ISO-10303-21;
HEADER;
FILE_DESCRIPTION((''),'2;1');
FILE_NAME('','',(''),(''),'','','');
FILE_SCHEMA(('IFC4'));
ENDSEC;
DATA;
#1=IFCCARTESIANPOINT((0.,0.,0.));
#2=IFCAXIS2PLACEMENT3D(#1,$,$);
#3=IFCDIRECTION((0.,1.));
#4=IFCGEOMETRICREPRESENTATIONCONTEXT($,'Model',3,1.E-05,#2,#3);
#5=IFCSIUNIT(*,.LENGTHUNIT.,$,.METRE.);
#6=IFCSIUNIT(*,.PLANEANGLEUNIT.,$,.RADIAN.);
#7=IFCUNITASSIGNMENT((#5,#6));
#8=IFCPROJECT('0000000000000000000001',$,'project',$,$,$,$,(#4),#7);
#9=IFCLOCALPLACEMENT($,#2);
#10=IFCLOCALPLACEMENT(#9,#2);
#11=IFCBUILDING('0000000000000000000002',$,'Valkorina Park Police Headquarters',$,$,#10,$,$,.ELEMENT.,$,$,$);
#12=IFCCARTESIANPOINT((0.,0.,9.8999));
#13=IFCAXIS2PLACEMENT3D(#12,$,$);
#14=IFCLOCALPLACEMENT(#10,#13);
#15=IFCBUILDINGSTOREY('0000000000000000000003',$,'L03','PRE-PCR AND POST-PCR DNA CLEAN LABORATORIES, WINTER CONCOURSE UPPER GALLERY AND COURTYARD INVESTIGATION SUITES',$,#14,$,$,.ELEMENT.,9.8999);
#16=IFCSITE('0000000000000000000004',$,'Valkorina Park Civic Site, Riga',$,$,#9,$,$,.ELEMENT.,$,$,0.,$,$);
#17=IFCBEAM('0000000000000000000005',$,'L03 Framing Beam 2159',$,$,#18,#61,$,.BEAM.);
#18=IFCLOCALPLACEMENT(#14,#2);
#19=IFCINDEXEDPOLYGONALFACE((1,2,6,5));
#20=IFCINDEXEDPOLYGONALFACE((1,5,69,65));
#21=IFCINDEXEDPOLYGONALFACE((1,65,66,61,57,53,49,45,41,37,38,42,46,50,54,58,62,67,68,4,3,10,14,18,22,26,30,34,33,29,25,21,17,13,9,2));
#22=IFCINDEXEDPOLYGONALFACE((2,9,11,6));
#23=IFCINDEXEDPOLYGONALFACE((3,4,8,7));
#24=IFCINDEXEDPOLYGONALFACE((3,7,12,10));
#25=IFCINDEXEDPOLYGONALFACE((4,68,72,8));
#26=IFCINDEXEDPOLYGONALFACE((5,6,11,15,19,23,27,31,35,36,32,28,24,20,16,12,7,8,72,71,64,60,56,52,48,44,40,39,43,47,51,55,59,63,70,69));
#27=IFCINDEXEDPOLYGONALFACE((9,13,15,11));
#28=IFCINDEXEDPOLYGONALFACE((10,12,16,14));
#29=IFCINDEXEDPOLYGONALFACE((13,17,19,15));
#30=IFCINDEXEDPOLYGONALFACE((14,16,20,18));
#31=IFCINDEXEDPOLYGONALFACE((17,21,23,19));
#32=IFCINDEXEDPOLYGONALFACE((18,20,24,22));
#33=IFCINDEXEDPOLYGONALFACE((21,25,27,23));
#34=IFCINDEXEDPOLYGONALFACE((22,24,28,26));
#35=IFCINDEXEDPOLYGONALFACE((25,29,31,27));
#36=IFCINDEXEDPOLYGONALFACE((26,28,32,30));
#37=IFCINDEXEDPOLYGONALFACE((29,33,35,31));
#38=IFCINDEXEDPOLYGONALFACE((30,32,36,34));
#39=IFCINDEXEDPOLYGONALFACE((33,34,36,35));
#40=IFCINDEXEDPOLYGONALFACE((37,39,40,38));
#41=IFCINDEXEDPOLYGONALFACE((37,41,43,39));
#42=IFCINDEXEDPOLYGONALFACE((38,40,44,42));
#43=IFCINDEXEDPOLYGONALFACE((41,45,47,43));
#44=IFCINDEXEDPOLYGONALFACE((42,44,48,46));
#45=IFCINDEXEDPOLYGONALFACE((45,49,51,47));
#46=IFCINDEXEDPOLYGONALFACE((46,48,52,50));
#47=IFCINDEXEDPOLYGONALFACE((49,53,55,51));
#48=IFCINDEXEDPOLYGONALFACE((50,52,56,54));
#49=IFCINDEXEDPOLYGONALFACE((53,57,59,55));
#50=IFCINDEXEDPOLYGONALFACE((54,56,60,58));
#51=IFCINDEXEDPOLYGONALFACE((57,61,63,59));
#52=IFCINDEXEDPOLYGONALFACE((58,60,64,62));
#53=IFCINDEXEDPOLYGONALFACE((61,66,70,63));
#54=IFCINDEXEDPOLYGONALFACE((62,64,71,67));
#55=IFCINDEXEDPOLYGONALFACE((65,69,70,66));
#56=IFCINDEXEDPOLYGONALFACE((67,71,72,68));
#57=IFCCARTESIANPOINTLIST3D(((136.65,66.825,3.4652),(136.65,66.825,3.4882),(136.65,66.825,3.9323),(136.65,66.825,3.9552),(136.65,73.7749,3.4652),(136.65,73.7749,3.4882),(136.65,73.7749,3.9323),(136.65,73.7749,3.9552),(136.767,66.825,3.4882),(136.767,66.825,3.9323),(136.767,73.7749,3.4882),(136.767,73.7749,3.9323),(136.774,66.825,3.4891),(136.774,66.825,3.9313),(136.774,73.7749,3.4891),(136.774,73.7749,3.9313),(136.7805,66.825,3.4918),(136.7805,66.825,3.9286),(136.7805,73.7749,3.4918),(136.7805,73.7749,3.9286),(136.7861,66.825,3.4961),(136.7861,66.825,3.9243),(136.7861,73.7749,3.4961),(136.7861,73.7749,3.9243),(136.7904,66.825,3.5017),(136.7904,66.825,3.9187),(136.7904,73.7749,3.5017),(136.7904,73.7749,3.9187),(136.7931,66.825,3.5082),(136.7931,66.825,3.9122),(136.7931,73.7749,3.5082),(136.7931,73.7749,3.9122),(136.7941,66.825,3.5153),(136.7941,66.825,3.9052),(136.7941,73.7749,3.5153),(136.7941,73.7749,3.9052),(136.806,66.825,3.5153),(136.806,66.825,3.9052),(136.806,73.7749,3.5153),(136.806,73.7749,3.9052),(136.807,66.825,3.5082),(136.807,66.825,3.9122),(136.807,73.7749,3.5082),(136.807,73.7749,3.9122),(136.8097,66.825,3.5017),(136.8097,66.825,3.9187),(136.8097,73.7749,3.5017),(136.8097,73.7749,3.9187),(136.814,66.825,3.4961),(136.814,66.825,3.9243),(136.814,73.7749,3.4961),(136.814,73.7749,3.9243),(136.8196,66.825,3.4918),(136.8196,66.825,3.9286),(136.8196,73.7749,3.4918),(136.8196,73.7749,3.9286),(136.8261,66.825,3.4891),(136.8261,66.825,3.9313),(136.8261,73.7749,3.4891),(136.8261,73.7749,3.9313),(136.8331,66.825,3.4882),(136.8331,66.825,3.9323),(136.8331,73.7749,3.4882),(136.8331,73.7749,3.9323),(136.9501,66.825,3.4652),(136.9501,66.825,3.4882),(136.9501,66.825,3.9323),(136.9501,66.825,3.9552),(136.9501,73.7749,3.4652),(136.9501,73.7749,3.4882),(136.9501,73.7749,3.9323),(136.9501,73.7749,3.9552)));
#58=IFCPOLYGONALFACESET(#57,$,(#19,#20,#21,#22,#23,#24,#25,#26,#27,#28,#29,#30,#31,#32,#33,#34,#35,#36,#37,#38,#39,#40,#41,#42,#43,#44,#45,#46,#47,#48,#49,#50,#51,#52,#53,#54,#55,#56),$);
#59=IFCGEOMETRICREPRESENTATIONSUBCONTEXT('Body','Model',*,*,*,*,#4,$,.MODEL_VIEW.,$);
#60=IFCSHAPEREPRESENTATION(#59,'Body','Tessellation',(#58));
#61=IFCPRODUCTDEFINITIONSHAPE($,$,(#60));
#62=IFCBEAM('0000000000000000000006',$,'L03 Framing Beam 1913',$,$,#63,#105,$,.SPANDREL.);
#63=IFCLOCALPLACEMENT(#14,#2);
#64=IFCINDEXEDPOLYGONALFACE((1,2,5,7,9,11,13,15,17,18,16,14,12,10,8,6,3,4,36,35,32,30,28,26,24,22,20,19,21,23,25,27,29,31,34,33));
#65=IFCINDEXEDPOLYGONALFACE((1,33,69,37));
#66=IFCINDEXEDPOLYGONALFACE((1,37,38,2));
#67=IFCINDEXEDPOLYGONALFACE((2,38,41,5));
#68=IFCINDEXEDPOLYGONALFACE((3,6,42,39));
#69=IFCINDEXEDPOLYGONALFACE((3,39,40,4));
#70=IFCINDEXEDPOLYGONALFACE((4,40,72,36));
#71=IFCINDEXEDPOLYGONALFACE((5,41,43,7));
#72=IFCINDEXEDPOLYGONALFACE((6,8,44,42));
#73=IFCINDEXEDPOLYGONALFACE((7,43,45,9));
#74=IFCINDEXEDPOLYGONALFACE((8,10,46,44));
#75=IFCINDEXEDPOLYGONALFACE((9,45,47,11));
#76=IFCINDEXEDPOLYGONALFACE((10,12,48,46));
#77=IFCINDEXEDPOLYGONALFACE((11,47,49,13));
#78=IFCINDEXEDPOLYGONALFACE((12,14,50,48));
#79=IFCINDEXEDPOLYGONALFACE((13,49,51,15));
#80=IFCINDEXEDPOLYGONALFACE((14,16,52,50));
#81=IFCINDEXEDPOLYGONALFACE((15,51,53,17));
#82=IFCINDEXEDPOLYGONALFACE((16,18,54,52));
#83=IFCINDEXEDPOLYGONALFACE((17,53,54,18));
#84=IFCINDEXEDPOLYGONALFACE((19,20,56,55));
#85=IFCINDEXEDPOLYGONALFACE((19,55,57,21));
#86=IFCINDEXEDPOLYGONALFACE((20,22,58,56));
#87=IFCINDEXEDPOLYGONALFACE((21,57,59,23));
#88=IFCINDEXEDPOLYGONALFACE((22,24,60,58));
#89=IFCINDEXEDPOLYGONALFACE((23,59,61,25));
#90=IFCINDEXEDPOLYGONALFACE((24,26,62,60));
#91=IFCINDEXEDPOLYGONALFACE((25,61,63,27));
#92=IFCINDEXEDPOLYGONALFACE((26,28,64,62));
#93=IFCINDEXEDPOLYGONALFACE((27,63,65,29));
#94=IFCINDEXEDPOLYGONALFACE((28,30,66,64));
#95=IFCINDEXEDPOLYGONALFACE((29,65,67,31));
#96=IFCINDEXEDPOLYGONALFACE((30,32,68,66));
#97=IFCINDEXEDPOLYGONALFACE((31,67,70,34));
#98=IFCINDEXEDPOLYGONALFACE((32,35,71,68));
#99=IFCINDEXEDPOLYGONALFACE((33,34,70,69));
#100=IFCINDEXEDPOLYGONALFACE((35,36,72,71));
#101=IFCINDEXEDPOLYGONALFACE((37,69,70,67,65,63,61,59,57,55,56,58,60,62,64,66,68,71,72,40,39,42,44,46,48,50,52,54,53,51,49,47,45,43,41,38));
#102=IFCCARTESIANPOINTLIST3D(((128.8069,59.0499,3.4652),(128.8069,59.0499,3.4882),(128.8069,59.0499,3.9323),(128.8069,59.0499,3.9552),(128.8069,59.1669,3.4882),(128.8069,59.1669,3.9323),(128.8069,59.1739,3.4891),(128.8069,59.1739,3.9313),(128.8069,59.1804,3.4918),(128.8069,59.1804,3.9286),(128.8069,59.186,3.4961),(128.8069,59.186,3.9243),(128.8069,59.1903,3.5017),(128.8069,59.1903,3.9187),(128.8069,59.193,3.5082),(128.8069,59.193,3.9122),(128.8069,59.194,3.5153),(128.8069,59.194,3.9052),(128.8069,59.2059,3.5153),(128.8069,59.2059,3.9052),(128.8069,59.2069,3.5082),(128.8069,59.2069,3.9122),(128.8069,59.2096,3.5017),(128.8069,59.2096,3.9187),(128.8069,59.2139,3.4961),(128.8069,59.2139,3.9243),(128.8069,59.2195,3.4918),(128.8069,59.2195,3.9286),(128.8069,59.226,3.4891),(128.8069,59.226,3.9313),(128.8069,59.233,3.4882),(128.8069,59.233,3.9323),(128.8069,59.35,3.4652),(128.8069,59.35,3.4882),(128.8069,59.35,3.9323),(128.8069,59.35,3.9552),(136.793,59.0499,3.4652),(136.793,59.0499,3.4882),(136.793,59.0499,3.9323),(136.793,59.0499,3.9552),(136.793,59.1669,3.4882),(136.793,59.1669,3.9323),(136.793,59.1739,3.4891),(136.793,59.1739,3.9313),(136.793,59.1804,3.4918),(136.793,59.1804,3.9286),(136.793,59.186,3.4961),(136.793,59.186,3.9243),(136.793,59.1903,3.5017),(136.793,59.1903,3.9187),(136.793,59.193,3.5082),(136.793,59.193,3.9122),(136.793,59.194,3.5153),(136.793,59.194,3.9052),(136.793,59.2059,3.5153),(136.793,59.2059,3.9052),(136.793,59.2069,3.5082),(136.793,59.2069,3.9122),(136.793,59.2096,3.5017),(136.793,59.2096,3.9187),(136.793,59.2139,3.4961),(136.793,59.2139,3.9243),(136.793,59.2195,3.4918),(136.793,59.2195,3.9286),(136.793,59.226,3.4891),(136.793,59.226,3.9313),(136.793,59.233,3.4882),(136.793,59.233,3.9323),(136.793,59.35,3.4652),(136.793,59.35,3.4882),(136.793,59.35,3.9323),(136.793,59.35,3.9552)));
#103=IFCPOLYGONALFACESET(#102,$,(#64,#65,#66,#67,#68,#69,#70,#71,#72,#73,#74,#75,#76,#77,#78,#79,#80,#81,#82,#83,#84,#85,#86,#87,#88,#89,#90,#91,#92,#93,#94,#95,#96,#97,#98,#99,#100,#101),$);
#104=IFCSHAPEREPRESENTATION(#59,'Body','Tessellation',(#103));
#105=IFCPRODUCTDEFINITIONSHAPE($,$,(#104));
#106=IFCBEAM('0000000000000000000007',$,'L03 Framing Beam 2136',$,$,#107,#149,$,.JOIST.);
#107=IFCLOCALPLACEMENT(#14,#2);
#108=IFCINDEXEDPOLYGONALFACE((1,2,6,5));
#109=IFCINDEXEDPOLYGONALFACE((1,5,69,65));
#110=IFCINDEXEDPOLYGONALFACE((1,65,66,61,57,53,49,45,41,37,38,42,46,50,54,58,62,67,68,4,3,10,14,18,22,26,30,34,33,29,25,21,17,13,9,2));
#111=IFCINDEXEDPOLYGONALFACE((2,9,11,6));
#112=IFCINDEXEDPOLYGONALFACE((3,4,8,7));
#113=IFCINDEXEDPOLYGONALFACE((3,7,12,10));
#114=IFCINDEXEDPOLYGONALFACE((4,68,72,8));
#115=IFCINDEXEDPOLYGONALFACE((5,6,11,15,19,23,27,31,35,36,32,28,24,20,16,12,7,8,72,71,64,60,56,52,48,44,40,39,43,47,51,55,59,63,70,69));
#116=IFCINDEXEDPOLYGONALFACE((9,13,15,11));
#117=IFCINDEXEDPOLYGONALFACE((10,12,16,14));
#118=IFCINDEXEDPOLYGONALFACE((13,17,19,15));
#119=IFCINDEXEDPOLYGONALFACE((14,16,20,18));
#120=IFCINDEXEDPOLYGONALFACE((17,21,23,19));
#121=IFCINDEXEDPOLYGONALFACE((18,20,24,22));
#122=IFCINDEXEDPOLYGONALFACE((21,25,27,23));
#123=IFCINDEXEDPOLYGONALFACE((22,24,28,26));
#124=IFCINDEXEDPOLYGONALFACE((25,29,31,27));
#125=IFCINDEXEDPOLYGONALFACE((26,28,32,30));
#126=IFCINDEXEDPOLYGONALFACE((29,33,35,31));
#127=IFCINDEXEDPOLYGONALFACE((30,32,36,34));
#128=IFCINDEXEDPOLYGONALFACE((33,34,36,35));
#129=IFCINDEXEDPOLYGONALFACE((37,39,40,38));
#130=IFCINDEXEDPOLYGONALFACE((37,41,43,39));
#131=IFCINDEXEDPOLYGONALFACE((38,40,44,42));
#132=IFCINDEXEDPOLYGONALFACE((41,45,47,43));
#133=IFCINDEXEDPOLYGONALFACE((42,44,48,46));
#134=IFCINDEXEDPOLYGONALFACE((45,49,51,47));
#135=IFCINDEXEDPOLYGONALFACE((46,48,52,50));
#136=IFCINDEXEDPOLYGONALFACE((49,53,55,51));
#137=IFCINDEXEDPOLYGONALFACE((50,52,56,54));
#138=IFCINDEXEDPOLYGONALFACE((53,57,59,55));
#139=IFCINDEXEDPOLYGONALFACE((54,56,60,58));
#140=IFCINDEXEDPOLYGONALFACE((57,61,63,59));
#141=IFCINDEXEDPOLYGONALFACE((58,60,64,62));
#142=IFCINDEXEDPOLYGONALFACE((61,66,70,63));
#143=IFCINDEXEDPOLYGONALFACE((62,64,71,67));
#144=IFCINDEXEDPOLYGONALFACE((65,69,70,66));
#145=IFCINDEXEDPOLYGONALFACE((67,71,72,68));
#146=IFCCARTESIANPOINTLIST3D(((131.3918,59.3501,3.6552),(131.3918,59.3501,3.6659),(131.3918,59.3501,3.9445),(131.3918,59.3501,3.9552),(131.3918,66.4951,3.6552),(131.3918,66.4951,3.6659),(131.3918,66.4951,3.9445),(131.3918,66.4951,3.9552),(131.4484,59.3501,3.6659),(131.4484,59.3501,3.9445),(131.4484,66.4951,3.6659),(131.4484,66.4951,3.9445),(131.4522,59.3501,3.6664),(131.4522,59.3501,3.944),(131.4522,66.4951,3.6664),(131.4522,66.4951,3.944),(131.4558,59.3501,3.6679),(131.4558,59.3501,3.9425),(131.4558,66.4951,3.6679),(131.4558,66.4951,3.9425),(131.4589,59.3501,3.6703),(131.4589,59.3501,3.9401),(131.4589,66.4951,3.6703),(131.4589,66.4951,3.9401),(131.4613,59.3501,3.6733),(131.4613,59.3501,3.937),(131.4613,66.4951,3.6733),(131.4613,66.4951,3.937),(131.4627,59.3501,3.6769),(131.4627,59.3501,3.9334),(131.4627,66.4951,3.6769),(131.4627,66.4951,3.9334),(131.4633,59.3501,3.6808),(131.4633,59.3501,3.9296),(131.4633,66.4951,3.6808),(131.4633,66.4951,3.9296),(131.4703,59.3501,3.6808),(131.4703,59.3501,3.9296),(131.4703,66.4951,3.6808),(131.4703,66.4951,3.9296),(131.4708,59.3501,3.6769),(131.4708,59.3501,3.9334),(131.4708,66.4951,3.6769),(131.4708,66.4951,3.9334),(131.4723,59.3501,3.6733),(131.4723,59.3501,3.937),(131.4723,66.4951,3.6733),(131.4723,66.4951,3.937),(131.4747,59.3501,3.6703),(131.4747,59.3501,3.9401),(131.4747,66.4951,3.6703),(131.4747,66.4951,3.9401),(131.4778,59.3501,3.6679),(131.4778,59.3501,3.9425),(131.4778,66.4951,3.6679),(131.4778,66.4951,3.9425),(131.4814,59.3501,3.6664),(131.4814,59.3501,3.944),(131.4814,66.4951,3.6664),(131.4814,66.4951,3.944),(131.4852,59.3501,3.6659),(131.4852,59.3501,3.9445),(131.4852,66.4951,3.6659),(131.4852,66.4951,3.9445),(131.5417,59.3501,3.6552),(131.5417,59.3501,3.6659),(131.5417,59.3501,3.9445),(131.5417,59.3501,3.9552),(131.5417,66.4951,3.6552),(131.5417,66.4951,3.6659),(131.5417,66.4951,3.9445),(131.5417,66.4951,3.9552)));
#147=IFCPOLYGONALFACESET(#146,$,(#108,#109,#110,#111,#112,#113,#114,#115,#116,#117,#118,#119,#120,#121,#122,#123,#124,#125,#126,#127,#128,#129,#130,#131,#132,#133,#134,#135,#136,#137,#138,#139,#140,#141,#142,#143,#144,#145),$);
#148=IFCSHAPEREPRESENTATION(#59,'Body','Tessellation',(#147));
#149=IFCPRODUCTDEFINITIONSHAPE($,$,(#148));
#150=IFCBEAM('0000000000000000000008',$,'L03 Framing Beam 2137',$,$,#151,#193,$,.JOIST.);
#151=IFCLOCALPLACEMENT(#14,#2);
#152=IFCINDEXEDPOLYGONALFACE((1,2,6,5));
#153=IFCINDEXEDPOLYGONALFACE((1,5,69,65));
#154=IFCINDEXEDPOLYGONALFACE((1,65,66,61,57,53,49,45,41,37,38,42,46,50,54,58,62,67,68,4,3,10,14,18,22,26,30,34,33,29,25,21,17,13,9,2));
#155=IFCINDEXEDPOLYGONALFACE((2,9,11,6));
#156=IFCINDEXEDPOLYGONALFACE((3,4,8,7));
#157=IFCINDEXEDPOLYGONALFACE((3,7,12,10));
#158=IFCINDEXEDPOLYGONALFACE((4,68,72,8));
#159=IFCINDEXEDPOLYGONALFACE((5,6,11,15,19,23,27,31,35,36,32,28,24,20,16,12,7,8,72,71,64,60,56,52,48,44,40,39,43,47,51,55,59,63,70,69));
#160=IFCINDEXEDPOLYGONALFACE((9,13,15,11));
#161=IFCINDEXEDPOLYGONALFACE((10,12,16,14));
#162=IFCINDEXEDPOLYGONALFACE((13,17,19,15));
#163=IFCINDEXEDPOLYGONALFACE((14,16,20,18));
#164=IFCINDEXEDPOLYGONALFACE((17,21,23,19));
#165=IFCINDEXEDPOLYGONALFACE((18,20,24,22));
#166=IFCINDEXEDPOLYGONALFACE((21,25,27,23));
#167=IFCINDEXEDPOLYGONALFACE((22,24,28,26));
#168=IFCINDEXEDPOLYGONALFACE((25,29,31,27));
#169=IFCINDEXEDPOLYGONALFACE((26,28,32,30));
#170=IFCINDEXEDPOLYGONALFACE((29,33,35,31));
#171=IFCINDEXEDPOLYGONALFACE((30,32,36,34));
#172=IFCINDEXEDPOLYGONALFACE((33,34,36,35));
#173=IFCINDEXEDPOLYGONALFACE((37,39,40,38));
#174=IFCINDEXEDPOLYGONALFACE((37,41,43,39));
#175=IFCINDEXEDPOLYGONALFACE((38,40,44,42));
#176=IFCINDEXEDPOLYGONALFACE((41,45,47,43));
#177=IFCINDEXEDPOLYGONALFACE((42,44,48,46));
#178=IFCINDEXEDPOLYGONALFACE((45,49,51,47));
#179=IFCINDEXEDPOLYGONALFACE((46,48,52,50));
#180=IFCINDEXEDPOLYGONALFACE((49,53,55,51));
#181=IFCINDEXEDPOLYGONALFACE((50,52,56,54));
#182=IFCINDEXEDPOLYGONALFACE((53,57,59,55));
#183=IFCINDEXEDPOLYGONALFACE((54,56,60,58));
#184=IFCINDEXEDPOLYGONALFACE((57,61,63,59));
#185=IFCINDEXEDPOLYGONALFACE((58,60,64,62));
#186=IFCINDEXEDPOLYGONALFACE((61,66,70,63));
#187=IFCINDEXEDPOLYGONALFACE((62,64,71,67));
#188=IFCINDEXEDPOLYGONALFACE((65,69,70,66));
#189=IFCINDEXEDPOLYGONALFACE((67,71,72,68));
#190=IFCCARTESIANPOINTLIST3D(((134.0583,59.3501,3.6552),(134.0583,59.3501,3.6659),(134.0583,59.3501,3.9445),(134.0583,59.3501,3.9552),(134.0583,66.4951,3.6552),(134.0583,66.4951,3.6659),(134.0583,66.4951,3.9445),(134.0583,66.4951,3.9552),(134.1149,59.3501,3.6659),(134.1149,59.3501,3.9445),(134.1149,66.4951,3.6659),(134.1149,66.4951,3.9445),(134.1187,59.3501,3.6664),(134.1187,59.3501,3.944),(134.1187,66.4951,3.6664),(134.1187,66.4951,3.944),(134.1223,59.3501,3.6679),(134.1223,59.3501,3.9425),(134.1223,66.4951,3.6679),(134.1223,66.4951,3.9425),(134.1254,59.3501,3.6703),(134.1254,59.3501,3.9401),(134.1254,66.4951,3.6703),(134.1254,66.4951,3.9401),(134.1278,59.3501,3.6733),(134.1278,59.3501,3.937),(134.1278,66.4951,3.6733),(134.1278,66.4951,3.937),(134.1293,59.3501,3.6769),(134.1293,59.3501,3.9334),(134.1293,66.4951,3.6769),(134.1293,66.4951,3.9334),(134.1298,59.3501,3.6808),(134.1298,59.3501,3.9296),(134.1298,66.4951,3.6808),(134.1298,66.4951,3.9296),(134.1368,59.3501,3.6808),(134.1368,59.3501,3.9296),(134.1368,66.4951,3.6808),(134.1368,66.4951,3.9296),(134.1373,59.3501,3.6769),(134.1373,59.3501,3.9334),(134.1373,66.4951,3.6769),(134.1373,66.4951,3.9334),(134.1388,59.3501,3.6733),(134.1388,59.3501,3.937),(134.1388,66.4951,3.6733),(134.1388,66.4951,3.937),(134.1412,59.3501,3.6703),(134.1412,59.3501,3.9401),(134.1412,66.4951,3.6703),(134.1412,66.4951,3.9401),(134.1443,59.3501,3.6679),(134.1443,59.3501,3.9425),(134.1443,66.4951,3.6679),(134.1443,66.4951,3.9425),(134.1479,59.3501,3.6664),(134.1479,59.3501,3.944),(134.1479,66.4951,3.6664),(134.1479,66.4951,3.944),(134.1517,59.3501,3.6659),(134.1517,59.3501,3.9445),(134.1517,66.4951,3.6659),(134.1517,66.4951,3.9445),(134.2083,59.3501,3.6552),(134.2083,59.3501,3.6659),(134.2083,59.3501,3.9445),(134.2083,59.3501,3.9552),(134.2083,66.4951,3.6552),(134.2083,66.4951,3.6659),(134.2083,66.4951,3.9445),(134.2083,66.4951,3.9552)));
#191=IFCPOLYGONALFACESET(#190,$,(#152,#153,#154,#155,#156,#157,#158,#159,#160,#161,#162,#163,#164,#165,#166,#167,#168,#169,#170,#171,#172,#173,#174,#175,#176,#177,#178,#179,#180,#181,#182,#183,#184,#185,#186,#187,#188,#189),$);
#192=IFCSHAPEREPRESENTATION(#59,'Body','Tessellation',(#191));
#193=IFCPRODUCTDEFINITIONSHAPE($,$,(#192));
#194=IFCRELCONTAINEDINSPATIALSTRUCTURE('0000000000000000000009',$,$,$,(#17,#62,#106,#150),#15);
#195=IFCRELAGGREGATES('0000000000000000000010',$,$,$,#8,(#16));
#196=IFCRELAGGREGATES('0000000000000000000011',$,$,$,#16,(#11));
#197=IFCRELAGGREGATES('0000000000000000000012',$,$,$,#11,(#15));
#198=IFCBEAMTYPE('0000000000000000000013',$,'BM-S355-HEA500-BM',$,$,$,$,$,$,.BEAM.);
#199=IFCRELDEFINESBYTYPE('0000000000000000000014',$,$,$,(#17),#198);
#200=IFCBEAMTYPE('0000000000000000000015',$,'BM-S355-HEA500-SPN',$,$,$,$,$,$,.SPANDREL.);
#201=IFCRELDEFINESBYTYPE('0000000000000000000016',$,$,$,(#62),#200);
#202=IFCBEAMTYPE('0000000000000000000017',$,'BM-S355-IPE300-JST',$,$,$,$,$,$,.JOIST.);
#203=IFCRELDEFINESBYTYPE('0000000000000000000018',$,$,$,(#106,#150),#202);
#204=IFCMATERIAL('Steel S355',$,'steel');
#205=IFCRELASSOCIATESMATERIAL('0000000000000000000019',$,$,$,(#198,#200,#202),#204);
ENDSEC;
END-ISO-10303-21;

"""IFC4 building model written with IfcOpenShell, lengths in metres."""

from ifc_helpers import new_model, si_unit, direction, frame, origin, origin_2d, place, context, subcontext, project, spatial, i_section, extrude, material, material_profile, profile_set, type_object, element, save


model = new_model("IFC4")

# Units and contexts
model_context = context("Model", 3, precision=1e-05, world=origin(), true_north=direction((0.0, 1.0)))
body_context = subcontext(model_context, "Body", "Model", "MODEL_VIEW")
ifc_project = project(units=[si_unit("LENGTHUNIT", "METRE"), si_unit("PLANEANGLEUNIT", "RADIAN")], contexts=[model_context])

# Site, building, storey
site_placement = place(None, origin())
site = spatial("IfcSite", under=ifc_project, at=site_placement, Name="Valkorina Park Civic Site, Riga", CompositionType="ELEMENT", RefElevation=0.0)
building_placement = place(site_placement, origin())
building = spatial("IfcBuilding", under=site, at=building_placement, Name="Valkorina Park Police Headquarters", CompositionType="ELEMENT")
storey_placement = place(building_placement, frame((0.0, 0.0, 9.8999)))
storey = spatial("IfcBuildingStorey", under=building, at=storey_placement, Name="L03", Description="PRE-PCR AND POST-PCR DNA CLEAN LABORATORIES, WINTER CONCOURSE UPPER GALLERY AND COURTYARD INVESTIGATION SUITES", CompositionType="ELEMENT", Elevation=9.8999)

# Shared definitions
ifc_material_1 = material(Name="Steel S355", Category="steel")

# Beams
ifc_material_profile_1 = material_profile(ifc_material_1, i_section(OverallWidth=0.3, OverallDepth=0.49, WebThickness=0.012, FlangeThickness=0.0229, FilletRadius=0.0271, at=origin_2d()), Name="HEA 500")
ifc_profile_set_1 = profile_set([ifc_material_profile_1], Name="Steel S355")
beam_type_1 = type_object("IfcBeamType", Name="BM-S355-HEA500-BM", PredefinedType="BEAM", material=ifc_profile_set_1)
for number, where, z_axis, x_axis, name in (
    (1, (136.8, 66.825, 3.7102), (0.0, 1.0, 0.0), (-1.0, 0.0, 0.0), "L03 Framing Beam 2159"),
):
    element("IfcBeam", number, at=place(storey_placement, frame(where, z_axis=z_axis, x_axis=x_axis)), inside=storey, type_object=beam_type_1, Name=name, PredefinedType="BEAM", context=body_context, shape_type="SweptSolid", body=[
        extrude(i_section(OverallWidth=0.3, OverallDepth=0.49, WebThickness=0.012, FlangeThickness=0.0229, FilletRadius=0.0271, at=origin_2d()), origin(), (0.0, 0.0, 1.0), 6.95),
    ])
ifc_material_profile_2 = material_profile(ifc_material_1, i_section(OverallWidth=0.3, OverallDepth=0.49, WebThickness=0.012, FlangeThickness=0.0229, FilletRadius=0.0271, at=origin_2d()), Name="HEA 500")
ifc_profile_set_2 = profile_set([ifc_material_profile_2], Name="Steel S355")
beam_type_2 = type_object("IfcBeamType", Name="BM-S355-HEA500-SPN", PredefinedType="SPANDREL", material=ifc_profile_set_2)
beam_1_placement = place(storey_placement, frame((128.8069, 59.2, 3.7102), z_axis=(1.0, 0.0, 0.0), x_axis=(0.0, 1.0, 0.0)))
element("IfcBeam", 2, at=beam_1_placement, inside=storey, type_object=beam_type_2, Name="L03 Framing Beam 1913", PredefinedType="SPANDREL", context=body_context, shape_type="SweptSolid", body=[
    extrude(i_section(OverallWidth=0.3, OverallDepth=0.49, WebThickness=0.012, FlangeThickness=0.0229, FilletRadius=0.0271, at=origin_2d()), origin(), (0.0, 0.0, 1.0), 7.9861),
])
ifc_material_profile_3 = material_profile(ifc_material_1, i_section(OverallWidth=0.1499, OverallDepth=0.3, WebThickness=0.0071, FlangeThickness=0.0107, FilletRadius=0.0149, at=origin_2d()), Name="IPE 300")
ifc_profile_set_3 = profile_set([ifc_material_profile_3], Name="Steel S355")
beam_type_3 = type_object("IfcBeamType", Name="BM-S355-IPE300-JST", PredefinedType="JOIST", material=ifc_profile_set_3)
for number, where, z_axis, x_axis, name in (
    (3, (131.4668, 59.3501, 3.8052), (0.0, 1.0, 0.0), (-1.0, 0.0, 0.0), "L03 Framing Beam 2136"),
    (4, (134.1333, 59.3501, 3.8052), (0.0, 1.0, 0.0), (-1.0, 0.0, 0.0), "L03 Framing Beam 2137"),
):
    element("IfcBeam", number, at=place(storey_placement, frame(where, z_axis=z_axis, x_axis=x_axis)), inside=storey, type_object=beam_type_3, Name=name, PredefinedType="JOIST", context=body_context, shape_type="SweptSolid", body=[
        extrude(i_section(OverallWidth=0.1499, OverallDepth=0.3, WebThickness=0.0071, FlangeThickness=0.0107, FilletRadius=0.0149, at=origin_2d()), origin(), (0.0, 0.0, 1.0), 7.145),
    ])

save(model, "model.ifc")
